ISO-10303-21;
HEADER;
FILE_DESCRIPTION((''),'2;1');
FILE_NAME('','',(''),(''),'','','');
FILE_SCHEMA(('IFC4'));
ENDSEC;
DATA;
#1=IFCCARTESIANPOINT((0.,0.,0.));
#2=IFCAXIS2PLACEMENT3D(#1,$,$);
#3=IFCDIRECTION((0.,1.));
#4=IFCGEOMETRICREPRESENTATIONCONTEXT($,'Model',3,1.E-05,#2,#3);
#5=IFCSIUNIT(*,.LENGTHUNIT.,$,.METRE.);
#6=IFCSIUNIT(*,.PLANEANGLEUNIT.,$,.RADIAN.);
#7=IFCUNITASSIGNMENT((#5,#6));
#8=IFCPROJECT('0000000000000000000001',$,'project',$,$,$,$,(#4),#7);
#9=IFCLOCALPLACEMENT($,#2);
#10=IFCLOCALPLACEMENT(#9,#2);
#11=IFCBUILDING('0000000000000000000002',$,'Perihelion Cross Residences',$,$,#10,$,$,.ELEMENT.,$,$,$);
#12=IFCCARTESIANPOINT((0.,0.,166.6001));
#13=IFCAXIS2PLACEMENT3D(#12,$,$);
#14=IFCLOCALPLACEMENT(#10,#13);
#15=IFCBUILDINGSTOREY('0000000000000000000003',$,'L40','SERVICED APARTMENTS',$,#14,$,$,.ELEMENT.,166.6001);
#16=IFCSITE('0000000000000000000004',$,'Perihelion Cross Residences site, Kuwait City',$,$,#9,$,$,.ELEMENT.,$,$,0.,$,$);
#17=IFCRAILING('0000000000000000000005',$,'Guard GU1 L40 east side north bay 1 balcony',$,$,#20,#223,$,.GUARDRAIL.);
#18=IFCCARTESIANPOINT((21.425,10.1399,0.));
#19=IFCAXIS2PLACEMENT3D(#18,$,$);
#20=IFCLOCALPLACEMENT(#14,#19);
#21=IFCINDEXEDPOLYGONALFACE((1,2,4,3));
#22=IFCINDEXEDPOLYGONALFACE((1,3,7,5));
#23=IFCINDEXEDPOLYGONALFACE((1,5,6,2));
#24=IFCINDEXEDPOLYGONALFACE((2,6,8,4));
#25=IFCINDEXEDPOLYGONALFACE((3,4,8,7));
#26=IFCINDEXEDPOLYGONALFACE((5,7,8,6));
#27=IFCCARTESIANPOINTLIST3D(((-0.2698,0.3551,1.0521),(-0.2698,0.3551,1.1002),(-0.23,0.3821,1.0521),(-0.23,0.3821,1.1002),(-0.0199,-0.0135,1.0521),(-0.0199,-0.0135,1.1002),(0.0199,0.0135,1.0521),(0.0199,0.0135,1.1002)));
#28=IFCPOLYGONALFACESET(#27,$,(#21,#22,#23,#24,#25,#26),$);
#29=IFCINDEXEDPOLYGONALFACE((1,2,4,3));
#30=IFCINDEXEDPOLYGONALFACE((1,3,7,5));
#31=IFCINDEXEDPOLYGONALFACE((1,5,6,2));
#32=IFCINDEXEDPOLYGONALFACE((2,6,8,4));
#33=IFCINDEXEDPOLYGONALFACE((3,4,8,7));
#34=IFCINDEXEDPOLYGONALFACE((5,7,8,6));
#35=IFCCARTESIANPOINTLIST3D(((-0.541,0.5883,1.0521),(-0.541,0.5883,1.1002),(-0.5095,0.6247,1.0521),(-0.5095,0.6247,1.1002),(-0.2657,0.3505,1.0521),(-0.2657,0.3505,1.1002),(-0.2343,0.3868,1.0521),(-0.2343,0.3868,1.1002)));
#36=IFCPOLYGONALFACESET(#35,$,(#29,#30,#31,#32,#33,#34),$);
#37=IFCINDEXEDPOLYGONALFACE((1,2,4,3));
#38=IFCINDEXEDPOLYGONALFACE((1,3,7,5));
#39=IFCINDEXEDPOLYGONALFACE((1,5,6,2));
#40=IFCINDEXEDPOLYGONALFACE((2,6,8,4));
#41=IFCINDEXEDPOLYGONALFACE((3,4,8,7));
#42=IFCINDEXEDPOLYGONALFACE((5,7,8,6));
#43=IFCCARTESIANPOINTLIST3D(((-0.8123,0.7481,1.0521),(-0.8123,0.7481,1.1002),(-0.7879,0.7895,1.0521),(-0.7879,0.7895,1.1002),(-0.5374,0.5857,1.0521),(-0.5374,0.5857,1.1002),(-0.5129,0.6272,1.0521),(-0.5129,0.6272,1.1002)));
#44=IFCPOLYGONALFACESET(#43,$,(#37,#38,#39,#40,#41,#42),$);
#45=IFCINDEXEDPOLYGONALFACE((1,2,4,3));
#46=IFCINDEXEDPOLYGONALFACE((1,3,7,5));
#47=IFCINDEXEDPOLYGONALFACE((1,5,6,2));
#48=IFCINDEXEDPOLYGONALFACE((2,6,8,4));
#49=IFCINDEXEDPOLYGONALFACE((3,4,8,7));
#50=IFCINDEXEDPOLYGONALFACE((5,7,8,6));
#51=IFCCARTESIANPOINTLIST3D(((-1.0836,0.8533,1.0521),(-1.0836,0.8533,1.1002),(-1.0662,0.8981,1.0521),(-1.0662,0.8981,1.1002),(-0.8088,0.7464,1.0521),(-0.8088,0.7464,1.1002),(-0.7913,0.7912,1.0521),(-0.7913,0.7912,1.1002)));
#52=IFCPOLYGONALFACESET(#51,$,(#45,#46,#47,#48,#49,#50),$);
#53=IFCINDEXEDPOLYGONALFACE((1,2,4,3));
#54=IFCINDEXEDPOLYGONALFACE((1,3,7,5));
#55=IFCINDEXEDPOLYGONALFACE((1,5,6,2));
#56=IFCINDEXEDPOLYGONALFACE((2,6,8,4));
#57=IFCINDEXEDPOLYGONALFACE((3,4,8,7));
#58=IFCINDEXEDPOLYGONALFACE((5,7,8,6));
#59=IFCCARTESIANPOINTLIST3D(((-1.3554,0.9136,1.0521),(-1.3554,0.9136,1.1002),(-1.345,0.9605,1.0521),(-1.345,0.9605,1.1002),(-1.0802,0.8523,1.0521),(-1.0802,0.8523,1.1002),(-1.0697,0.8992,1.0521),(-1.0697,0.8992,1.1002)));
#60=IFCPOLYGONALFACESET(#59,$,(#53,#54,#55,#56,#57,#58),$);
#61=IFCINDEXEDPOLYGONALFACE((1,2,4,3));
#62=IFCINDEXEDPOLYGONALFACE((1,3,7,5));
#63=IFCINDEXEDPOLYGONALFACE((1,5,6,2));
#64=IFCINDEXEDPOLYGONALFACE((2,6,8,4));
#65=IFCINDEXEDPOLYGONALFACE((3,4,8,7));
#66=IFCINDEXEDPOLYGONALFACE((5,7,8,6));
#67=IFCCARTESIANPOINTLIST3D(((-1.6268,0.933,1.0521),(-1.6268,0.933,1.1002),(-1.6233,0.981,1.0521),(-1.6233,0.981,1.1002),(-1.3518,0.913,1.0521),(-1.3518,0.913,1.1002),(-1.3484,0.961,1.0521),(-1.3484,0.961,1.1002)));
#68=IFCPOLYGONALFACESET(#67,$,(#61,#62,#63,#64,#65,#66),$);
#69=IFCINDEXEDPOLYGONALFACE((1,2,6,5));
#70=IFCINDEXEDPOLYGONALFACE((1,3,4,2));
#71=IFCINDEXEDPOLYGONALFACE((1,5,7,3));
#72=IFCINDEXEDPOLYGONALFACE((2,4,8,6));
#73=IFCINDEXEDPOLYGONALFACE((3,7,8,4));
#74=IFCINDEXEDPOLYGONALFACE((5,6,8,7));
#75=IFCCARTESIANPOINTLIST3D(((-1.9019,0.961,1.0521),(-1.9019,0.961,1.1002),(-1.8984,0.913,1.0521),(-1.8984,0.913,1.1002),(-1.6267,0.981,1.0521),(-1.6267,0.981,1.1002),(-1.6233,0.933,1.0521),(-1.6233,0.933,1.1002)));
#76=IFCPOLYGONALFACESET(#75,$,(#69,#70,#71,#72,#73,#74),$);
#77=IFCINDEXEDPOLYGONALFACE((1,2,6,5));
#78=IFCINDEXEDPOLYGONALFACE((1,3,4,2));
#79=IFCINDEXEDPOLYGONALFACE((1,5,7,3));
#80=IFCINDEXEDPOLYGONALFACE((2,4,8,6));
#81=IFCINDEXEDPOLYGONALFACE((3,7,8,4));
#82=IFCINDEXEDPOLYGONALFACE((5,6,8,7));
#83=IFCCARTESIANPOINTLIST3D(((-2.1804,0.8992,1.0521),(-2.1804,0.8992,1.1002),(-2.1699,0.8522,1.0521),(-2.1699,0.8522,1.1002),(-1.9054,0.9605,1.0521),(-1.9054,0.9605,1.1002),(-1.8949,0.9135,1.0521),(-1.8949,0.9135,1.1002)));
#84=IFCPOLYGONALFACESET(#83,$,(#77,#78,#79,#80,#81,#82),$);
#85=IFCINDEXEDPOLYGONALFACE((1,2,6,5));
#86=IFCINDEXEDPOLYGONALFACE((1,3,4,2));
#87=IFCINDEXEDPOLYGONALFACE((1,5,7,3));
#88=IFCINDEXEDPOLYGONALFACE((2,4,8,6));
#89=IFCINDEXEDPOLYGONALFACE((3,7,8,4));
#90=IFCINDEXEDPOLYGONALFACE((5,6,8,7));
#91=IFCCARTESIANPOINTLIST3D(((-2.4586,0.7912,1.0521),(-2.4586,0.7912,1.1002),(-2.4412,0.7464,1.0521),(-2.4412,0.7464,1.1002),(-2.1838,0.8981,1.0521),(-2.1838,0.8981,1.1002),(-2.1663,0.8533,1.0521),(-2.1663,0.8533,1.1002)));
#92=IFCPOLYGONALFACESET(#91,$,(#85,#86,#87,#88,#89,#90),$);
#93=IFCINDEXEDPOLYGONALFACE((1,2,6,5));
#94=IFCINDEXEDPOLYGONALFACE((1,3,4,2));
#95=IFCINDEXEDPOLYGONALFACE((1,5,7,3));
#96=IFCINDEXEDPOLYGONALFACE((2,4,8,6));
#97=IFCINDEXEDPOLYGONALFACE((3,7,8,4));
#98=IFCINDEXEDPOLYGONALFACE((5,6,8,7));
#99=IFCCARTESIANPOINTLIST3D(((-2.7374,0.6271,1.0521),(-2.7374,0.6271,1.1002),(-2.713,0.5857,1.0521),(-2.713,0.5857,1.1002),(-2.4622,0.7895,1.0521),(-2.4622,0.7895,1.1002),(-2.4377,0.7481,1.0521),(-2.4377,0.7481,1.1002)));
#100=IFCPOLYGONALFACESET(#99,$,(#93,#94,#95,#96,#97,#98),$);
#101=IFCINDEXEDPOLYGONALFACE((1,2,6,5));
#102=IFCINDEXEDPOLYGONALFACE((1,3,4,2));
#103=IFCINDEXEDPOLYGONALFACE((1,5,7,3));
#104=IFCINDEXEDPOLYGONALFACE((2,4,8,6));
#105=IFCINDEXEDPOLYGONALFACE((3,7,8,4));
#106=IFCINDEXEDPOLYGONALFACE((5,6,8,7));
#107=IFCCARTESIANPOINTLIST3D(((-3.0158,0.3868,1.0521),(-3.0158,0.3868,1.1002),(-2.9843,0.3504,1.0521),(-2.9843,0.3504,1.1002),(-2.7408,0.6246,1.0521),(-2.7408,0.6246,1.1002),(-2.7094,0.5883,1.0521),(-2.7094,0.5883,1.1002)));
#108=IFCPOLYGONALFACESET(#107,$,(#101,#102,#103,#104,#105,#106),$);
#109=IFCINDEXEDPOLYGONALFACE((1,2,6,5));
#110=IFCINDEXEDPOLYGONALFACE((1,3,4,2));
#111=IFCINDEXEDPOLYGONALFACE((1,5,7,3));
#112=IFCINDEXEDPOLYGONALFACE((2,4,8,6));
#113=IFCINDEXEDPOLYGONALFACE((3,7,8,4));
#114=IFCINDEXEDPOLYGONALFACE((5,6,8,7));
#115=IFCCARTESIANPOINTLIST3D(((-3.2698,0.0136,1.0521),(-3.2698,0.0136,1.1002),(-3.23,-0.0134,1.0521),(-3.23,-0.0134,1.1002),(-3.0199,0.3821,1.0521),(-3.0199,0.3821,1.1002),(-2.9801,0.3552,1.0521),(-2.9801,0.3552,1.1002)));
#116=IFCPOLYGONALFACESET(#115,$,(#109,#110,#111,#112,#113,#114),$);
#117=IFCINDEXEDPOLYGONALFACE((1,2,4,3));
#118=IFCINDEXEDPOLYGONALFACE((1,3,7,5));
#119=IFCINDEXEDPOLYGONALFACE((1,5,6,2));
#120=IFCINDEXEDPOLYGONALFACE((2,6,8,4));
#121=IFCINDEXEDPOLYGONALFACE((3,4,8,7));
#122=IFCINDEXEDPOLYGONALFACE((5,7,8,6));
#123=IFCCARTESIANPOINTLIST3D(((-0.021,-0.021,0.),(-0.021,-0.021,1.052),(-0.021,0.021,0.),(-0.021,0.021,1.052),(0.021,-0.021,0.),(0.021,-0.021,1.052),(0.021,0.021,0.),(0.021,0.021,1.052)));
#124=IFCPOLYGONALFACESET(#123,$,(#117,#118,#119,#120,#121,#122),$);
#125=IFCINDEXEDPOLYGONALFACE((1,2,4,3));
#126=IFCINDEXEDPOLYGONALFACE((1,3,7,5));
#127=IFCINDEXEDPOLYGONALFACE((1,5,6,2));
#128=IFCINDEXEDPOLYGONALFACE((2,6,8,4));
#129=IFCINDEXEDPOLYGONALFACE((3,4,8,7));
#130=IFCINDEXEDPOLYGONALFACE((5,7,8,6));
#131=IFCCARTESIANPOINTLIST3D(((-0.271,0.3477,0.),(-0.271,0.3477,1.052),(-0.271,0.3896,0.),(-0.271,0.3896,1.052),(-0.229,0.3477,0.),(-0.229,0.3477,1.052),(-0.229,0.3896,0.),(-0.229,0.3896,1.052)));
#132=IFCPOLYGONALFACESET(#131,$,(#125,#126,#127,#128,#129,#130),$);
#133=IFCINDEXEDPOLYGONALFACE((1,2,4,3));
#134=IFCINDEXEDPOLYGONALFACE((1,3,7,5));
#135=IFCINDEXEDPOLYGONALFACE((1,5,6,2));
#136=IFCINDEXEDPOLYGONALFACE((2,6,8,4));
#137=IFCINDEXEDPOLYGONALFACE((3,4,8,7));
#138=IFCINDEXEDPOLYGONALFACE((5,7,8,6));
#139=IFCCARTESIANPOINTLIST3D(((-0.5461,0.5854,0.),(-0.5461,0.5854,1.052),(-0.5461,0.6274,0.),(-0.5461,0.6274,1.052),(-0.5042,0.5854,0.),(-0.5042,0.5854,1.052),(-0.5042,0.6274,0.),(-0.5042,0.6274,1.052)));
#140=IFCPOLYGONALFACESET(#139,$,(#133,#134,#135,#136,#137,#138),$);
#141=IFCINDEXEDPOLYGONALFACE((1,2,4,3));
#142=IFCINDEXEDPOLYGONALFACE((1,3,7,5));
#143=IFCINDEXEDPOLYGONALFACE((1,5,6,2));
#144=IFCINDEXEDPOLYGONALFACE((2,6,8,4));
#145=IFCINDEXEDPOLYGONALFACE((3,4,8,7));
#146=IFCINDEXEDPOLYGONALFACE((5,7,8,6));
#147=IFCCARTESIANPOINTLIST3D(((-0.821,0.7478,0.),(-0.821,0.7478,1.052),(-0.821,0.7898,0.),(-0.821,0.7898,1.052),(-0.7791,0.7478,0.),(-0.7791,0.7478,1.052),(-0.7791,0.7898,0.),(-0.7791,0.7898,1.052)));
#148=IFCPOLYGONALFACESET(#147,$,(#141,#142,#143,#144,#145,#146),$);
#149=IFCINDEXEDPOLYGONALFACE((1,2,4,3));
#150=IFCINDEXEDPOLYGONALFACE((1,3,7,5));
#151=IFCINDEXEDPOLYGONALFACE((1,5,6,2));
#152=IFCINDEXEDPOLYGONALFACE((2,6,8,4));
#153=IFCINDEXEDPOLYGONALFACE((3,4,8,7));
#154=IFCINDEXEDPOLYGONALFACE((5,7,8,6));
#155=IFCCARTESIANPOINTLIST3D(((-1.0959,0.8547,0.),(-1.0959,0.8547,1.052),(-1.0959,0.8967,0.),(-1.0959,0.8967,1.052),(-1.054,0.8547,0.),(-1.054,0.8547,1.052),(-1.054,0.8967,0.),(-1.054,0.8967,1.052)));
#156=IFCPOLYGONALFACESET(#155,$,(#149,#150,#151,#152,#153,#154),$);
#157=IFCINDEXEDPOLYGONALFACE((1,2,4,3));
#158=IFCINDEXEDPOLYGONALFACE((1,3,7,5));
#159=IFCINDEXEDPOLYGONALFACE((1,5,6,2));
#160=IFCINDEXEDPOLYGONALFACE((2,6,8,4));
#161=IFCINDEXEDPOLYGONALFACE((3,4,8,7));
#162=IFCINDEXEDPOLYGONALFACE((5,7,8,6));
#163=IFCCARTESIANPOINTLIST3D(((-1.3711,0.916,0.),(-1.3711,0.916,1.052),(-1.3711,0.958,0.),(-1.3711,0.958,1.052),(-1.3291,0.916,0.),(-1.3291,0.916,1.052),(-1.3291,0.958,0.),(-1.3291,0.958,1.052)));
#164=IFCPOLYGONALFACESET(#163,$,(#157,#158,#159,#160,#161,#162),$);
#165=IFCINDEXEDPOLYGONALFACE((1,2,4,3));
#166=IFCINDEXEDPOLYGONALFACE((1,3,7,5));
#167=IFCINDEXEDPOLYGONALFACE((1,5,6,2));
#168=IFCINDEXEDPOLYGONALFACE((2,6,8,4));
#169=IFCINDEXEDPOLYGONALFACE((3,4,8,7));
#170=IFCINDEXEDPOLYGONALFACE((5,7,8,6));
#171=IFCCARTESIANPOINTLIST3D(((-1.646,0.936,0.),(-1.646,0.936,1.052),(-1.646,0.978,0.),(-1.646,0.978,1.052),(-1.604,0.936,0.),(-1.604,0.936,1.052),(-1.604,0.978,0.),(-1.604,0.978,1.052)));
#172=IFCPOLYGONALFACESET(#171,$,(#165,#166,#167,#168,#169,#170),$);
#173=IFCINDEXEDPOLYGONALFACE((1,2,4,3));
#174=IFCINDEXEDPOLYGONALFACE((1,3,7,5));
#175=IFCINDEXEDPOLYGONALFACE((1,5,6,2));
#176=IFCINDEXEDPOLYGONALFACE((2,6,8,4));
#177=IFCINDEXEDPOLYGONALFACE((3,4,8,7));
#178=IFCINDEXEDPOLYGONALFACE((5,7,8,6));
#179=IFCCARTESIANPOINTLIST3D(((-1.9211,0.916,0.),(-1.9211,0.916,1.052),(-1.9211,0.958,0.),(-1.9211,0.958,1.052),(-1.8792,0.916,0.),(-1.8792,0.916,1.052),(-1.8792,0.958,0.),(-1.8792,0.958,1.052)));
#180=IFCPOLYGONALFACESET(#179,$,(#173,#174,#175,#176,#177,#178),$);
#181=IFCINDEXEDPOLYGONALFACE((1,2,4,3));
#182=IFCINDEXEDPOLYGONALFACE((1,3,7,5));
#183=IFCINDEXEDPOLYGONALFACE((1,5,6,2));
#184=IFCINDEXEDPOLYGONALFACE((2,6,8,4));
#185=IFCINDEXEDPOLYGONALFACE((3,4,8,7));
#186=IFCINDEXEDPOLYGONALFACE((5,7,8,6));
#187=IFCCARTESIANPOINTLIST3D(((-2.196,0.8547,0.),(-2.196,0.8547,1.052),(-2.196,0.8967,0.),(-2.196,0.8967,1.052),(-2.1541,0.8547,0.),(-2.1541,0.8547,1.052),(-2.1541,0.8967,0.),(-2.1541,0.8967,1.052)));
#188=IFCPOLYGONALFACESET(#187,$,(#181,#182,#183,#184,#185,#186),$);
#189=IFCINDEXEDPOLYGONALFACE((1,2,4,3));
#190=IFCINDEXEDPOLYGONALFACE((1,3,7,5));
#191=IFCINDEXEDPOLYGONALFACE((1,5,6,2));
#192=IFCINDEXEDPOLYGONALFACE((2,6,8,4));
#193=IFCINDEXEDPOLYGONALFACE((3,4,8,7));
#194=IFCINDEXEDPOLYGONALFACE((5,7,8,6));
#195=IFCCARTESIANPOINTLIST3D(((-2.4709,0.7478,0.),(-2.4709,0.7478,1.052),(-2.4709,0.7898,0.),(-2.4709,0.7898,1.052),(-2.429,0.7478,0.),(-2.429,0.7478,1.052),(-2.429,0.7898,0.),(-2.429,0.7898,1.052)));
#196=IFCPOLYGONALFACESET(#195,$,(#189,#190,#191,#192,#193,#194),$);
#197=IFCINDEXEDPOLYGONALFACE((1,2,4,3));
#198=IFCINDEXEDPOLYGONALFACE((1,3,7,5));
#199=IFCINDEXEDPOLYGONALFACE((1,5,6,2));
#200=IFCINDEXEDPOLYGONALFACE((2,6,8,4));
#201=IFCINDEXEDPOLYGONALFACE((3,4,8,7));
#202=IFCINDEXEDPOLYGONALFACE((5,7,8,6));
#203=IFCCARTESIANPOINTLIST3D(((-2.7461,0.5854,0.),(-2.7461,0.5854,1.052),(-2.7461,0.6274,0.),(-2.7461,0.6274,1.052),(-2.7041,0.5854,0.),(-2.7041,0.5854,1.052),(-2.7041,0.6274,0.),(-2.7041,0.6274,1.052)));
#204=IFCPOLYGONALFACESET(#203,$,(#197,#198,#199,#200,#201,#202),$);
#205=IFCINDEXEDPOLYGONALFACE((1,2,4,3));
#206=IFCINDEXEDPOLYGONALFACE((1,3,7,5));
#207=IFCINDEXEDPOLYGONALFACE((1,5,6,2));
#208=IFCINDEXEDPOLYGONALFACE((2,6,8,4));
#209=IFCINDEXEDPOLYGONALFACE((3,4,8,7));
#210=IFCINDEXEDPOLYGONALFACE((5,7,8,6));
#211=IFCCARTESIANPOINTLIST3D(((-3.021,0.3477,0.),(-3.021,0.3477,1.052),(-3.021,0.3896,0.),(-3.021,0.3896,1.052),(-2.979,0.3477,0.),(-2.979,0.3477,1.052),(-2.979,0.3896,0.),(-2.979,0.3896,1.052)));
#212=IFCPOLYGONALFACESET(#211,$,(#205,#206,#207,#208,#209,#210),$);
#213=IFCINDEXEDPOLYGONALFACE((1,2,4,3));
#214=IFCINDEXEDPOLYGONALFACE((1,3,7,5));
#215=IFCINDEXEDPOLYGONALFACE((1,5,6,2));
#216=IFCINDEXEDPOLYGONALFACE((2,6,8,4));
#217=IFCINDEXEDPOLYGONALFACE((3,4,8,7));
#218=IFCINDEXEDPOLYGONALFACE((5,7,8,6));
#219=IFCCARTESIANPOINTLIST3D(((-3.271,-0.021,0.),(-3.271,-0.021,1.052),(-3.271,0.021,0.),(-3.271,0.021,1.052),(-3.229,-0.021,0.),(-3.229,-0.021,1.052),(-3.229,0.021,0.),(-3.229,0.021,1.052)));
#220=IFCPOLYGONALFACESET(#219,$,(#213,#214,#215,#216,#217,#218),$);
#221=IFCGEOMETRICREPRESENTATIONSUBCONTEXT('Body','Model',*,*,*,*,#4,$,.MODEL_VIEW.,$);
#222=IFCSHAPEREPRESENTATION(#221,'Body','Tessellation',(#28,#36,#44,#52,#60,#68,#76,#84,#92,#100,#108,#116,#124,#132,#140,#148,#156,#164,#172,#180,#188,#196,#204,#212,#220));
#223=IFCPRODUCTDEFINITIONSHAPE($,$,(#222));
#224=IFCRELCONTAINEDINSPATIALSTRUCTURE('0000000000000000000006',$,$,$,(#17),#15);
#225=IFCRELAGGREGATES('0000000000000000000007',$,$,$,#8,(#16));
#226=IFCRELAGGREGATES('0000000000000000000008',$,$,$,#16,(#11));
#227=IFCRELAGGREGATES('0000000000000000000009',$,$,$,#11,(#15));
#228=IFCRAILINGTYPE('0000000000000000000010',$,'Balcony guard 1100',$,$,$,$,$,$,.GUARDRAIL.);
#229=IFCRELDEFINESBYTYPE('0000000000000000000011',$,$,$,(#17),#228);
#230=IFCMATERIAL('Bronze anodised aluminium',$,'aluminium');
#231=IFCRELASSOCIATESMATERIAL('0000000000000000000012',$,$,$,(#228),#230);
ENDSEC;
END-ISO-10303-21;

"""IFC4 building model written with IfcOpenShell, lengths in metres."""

from ifc_helpers import new_model, si_unit, direction, frame, origin, origin_2d, place, context, subcontext, project, spatial, rectangle, extrude, material, type_object, element, save


model = new_model("IFC4")

# Units and contexts
model_context = context("Model", 3, precision=1e-05, world=origin(), true_north=direction((0.0, 1.0)))
body_context = subcontext(model_context, "Body", "Model", "MODEL_VIEW")
ifc_project = project(units=[si_unit("LENGTHUNIT", "METRE"), si_unit("PLANEANGLEUNIT", "RADIAN")], contexts=[model_context])

# Site, building, storey
site_placement = place(None, origin())
site = spatial("IfcSite", under=ifc_project, at=site_placement, Name="Perihelion Cross Residences site, Kuwait City", CompositionType="ELEMENT", RefElevation=0.0)
building_placement = place(site_placement, origin())
building = spatial("IfcBuilding", under=site, at=building_placement, Name="Perihelion Cross Residences", CompositionType="ELEMENT")
storey_placement = place(building_placement, frame((0.0, 0.0, 166.6001)))
storey = spatial("IfcBuildingStorey", under=building, at=storey_placement, Name="L40", Description="SERVICED APARTMENTS", CompositionType="ELEMENT", Elevation=166.6001)

# Railing
ifc_material_1 = material(Name="Bronze anodised aluminium", Category="aluminium")
railing_type = type_object("IfcRailingType", Name="Balcony guard 1100", PredefinedType="GUARDRAIL", material=ifc_material_1)
railing_placement = place(storey_placement, frame((21.425, 10.1399, 0.0)))
element("IfcRailing", 1, at=railing_placement, inside=storey, type_object=railing_type, Name="Guard GU1 L40 east side north bay 1 balcony", PredefinedType="GUARDRAIL", context=body_context, shape_type="SweptSolid", body=[
    extrude(rectangle(XDim=0.0481, YDim=0.0481, at=origin_2d()), frame((0.0, 0.0, 1.0762), z_axis=(-0.56126, 0.827639, 0.0), x_axis=(-0.827639, -0.56126, 0.0)), (0.0, 0.0, 1.0), 0.4453),
    extrude(rectangle(XDim=0.0481, YDim=0.0481, at=origin_2d()), frame((-0.25, 0.3687, 1.0762), z_axis=(-0.756597, 0.653882, 0.0), x_axis=(-0.653882, -0.756597, 0.0)), (0.0, 0.0, 1.0), 0.3638),
    extrude(rectangle(XDim=0.0481, YDim=0.0481, at=origin_2d()), frame((-0.5251, 0.6064, 1.0762), z_axis=(-0.861048, 0.508523, 0.0), x_axis=(-0.508523, -0.861048, 0.0)), (0.0, 0.0, 1.0), 0.3193),
    extrude(rectangle(XDim=0.0481, YDim=0.0481, at=origin_2d()), frame((-0.8, 0.7688, 1.0762), z_axis=(-0.931974, 0.362526, 0.0), x_axis=(-0.362526, -0.931974, 0.0)), (0.0, 0.0, 1.0), 0.2949),
    extrude(rectangle(XDim=0.0481, YDim=0.0481, at=origin_2d()), frame((-1.075, 0.8757, 1.0762), z_axis=(-0.976085, 0.217389, 0.0), x_axis=(-0.217389, -0.976085, 0.0)), (0.0, 0.0, 1.0), 0.282),
    extrude(rectangle(XDim=0.0481, YDim=0.0481, at=origin_2d()), frame((-1.3501, 0.937, 1.0762), z_axis=(-0.997359, 0.072632, 0.0), x_axis=(-0.072632, -0.997359, 0.0)), (0.0, 0.0, 1.0), 0.2756),
    extrude(rectangle(XDim=0.0481, YDim=0.0481, at=origin_2d()), frame((-1.625, 0.957, 1.0762), z_axis=(-0.997363, -0.072568, 0.0), x_axis=(0.072568, -0.997363, 0.0)), (0.0, 0.0, 1.0), 0.2759),
    extrude(rectangle(XDim=0.0481, YDim=0.0481, at=origin_2d()), frame((-1.9001, 0.937, 1.0762), z_axis=(-0.976044, -0.217573, 0.0), x_axis=(0.217573, -0.976044, 0.0)), (0.0, 0.0, 1.0), 0.2817),
    extrude(rectangle(XDim=0.0481, YDim=0.0481, at=origin_2d()), frame((-2.175, 0.8757, 1.0762), z_axis=(-0.931974, -0.362526, 0.0), x_axis=(0.362526, -0.931974, 0.0)), (0.0, 0.0, 1.0), 0.2949),
    extrude(rectangle(XDim=0.0481, YDim=0.0481, at=origin_2d()), frame((-2.45, 0.7688, 1.0762), z_axis=(-0.861246, -0.508189, 0.0), x_axis=(0.508189, -0.861246, 0.0)), (0.0, 0.0, 1.0), 0.3196),
    extrude(rectangle(XDim=0.0481, YDim=0.0481, at=origin_2d()), frame((-2.7251, 0.6064, 1.0762), z_axis=(-0.756309, -0.654214, 0.0), x_axis=(0.654214, -0.756309, 0.0)), (0.0, 0.0, 1.0), 0.3635),
    extrude(rectangle(XDim=0.0481, YDim=0.0481, at=origin_2d()), frame((-3.0, 0.3687, 1.0762), z_axis=(-0.56126, -0.827639, 0.0), x_axis=(0.827639, -0.56126, 0.0)), (0.0, 0.0, 1.0), 0.4453),
    extrude(rectangle(XDim=0.042, YDim=0.042, at=origin_2d()), origin(), (0.0, 0.0, 1.0), 1.052),
    extrude(rectangle(XDim=0.042, YDim=0.042, at=origin_2d()), frame((-0.25, 0.3687, 0.0)), (0.0, 0.0, 1.0), 1.052),
    extrude(rectangle(XDim=0.042, YDim=0.042, at=origin_2d()), frame((-0.5251, 0.6064, 0.0)), (0.0, 0.0, 1.0), 1.052),
    extrude(rectangle(XDim=0.042, YDim=0.042, at=origin_2d()), frame((-0.8, 0.7688, 0.0)), (0.0, 0.0, 1.0), 1.052),
    extrude(rectangle(XDim=0.042, YDim=0.042, at=origin_2d()), frame((-1.075, 0.8757, 0.0)), (0.0, 0.0, 1.0), 1.052),
    extrude(rectangle(XDim=0.042, YDim=0.042, at=origin_2d()), frame((-1.3501, 0.937, 0.0)), (0.0, 0.0, 1.0), 1.052),
    extrude(rectangle(XDim=0.042, YDim=0.042, at=origin_2d()), frame((-1.625, 0.957, 0.0)), (0.0, 0.0, 1.0), 1.052),
    extrude(rectangle(XDim=0.042, YDim=0.042, at=origin_2d()), frame((-1.9001, 0.937, 0.0)), (0.0, 0.0, 1.0), 1.052),
    extrude(rectangle(XDim=0.042, YDim=0.042, at=origin_2d()), frame((-2.175, 0.8757, 0.0)), (0.0, 0.0, 1.0), 1.052),
    extrude(rectangle(XDim=0.042, YDim=0.042, at=origin_2d()), frame((-2.45, 0.7688, 0.0)), (0.0, 0.0, 1.0), 1.052),
    extrude(rectangle(XDim=0.042, YDim=0.042, at=origin_2d()), frame((-2.7251, 0.6064, 0.0)), (0.0, 0.0, 1.0), 1.052),
    extrude(rectangle(XDim=0.042, YDim=0.042, at=origin_2d()), frame((-3.0, 0.3687, 0.0)), (0.0, 0.0, 1.0), 1.052),
    extrude(rectangle(XDim=0.042, YDim=0.042, at=origin_2d()), frame((-3.25, 0.0, 0.0)), (0.0, 0.0, 1.0), 1.052),
])

save(model, "model.ifc")
